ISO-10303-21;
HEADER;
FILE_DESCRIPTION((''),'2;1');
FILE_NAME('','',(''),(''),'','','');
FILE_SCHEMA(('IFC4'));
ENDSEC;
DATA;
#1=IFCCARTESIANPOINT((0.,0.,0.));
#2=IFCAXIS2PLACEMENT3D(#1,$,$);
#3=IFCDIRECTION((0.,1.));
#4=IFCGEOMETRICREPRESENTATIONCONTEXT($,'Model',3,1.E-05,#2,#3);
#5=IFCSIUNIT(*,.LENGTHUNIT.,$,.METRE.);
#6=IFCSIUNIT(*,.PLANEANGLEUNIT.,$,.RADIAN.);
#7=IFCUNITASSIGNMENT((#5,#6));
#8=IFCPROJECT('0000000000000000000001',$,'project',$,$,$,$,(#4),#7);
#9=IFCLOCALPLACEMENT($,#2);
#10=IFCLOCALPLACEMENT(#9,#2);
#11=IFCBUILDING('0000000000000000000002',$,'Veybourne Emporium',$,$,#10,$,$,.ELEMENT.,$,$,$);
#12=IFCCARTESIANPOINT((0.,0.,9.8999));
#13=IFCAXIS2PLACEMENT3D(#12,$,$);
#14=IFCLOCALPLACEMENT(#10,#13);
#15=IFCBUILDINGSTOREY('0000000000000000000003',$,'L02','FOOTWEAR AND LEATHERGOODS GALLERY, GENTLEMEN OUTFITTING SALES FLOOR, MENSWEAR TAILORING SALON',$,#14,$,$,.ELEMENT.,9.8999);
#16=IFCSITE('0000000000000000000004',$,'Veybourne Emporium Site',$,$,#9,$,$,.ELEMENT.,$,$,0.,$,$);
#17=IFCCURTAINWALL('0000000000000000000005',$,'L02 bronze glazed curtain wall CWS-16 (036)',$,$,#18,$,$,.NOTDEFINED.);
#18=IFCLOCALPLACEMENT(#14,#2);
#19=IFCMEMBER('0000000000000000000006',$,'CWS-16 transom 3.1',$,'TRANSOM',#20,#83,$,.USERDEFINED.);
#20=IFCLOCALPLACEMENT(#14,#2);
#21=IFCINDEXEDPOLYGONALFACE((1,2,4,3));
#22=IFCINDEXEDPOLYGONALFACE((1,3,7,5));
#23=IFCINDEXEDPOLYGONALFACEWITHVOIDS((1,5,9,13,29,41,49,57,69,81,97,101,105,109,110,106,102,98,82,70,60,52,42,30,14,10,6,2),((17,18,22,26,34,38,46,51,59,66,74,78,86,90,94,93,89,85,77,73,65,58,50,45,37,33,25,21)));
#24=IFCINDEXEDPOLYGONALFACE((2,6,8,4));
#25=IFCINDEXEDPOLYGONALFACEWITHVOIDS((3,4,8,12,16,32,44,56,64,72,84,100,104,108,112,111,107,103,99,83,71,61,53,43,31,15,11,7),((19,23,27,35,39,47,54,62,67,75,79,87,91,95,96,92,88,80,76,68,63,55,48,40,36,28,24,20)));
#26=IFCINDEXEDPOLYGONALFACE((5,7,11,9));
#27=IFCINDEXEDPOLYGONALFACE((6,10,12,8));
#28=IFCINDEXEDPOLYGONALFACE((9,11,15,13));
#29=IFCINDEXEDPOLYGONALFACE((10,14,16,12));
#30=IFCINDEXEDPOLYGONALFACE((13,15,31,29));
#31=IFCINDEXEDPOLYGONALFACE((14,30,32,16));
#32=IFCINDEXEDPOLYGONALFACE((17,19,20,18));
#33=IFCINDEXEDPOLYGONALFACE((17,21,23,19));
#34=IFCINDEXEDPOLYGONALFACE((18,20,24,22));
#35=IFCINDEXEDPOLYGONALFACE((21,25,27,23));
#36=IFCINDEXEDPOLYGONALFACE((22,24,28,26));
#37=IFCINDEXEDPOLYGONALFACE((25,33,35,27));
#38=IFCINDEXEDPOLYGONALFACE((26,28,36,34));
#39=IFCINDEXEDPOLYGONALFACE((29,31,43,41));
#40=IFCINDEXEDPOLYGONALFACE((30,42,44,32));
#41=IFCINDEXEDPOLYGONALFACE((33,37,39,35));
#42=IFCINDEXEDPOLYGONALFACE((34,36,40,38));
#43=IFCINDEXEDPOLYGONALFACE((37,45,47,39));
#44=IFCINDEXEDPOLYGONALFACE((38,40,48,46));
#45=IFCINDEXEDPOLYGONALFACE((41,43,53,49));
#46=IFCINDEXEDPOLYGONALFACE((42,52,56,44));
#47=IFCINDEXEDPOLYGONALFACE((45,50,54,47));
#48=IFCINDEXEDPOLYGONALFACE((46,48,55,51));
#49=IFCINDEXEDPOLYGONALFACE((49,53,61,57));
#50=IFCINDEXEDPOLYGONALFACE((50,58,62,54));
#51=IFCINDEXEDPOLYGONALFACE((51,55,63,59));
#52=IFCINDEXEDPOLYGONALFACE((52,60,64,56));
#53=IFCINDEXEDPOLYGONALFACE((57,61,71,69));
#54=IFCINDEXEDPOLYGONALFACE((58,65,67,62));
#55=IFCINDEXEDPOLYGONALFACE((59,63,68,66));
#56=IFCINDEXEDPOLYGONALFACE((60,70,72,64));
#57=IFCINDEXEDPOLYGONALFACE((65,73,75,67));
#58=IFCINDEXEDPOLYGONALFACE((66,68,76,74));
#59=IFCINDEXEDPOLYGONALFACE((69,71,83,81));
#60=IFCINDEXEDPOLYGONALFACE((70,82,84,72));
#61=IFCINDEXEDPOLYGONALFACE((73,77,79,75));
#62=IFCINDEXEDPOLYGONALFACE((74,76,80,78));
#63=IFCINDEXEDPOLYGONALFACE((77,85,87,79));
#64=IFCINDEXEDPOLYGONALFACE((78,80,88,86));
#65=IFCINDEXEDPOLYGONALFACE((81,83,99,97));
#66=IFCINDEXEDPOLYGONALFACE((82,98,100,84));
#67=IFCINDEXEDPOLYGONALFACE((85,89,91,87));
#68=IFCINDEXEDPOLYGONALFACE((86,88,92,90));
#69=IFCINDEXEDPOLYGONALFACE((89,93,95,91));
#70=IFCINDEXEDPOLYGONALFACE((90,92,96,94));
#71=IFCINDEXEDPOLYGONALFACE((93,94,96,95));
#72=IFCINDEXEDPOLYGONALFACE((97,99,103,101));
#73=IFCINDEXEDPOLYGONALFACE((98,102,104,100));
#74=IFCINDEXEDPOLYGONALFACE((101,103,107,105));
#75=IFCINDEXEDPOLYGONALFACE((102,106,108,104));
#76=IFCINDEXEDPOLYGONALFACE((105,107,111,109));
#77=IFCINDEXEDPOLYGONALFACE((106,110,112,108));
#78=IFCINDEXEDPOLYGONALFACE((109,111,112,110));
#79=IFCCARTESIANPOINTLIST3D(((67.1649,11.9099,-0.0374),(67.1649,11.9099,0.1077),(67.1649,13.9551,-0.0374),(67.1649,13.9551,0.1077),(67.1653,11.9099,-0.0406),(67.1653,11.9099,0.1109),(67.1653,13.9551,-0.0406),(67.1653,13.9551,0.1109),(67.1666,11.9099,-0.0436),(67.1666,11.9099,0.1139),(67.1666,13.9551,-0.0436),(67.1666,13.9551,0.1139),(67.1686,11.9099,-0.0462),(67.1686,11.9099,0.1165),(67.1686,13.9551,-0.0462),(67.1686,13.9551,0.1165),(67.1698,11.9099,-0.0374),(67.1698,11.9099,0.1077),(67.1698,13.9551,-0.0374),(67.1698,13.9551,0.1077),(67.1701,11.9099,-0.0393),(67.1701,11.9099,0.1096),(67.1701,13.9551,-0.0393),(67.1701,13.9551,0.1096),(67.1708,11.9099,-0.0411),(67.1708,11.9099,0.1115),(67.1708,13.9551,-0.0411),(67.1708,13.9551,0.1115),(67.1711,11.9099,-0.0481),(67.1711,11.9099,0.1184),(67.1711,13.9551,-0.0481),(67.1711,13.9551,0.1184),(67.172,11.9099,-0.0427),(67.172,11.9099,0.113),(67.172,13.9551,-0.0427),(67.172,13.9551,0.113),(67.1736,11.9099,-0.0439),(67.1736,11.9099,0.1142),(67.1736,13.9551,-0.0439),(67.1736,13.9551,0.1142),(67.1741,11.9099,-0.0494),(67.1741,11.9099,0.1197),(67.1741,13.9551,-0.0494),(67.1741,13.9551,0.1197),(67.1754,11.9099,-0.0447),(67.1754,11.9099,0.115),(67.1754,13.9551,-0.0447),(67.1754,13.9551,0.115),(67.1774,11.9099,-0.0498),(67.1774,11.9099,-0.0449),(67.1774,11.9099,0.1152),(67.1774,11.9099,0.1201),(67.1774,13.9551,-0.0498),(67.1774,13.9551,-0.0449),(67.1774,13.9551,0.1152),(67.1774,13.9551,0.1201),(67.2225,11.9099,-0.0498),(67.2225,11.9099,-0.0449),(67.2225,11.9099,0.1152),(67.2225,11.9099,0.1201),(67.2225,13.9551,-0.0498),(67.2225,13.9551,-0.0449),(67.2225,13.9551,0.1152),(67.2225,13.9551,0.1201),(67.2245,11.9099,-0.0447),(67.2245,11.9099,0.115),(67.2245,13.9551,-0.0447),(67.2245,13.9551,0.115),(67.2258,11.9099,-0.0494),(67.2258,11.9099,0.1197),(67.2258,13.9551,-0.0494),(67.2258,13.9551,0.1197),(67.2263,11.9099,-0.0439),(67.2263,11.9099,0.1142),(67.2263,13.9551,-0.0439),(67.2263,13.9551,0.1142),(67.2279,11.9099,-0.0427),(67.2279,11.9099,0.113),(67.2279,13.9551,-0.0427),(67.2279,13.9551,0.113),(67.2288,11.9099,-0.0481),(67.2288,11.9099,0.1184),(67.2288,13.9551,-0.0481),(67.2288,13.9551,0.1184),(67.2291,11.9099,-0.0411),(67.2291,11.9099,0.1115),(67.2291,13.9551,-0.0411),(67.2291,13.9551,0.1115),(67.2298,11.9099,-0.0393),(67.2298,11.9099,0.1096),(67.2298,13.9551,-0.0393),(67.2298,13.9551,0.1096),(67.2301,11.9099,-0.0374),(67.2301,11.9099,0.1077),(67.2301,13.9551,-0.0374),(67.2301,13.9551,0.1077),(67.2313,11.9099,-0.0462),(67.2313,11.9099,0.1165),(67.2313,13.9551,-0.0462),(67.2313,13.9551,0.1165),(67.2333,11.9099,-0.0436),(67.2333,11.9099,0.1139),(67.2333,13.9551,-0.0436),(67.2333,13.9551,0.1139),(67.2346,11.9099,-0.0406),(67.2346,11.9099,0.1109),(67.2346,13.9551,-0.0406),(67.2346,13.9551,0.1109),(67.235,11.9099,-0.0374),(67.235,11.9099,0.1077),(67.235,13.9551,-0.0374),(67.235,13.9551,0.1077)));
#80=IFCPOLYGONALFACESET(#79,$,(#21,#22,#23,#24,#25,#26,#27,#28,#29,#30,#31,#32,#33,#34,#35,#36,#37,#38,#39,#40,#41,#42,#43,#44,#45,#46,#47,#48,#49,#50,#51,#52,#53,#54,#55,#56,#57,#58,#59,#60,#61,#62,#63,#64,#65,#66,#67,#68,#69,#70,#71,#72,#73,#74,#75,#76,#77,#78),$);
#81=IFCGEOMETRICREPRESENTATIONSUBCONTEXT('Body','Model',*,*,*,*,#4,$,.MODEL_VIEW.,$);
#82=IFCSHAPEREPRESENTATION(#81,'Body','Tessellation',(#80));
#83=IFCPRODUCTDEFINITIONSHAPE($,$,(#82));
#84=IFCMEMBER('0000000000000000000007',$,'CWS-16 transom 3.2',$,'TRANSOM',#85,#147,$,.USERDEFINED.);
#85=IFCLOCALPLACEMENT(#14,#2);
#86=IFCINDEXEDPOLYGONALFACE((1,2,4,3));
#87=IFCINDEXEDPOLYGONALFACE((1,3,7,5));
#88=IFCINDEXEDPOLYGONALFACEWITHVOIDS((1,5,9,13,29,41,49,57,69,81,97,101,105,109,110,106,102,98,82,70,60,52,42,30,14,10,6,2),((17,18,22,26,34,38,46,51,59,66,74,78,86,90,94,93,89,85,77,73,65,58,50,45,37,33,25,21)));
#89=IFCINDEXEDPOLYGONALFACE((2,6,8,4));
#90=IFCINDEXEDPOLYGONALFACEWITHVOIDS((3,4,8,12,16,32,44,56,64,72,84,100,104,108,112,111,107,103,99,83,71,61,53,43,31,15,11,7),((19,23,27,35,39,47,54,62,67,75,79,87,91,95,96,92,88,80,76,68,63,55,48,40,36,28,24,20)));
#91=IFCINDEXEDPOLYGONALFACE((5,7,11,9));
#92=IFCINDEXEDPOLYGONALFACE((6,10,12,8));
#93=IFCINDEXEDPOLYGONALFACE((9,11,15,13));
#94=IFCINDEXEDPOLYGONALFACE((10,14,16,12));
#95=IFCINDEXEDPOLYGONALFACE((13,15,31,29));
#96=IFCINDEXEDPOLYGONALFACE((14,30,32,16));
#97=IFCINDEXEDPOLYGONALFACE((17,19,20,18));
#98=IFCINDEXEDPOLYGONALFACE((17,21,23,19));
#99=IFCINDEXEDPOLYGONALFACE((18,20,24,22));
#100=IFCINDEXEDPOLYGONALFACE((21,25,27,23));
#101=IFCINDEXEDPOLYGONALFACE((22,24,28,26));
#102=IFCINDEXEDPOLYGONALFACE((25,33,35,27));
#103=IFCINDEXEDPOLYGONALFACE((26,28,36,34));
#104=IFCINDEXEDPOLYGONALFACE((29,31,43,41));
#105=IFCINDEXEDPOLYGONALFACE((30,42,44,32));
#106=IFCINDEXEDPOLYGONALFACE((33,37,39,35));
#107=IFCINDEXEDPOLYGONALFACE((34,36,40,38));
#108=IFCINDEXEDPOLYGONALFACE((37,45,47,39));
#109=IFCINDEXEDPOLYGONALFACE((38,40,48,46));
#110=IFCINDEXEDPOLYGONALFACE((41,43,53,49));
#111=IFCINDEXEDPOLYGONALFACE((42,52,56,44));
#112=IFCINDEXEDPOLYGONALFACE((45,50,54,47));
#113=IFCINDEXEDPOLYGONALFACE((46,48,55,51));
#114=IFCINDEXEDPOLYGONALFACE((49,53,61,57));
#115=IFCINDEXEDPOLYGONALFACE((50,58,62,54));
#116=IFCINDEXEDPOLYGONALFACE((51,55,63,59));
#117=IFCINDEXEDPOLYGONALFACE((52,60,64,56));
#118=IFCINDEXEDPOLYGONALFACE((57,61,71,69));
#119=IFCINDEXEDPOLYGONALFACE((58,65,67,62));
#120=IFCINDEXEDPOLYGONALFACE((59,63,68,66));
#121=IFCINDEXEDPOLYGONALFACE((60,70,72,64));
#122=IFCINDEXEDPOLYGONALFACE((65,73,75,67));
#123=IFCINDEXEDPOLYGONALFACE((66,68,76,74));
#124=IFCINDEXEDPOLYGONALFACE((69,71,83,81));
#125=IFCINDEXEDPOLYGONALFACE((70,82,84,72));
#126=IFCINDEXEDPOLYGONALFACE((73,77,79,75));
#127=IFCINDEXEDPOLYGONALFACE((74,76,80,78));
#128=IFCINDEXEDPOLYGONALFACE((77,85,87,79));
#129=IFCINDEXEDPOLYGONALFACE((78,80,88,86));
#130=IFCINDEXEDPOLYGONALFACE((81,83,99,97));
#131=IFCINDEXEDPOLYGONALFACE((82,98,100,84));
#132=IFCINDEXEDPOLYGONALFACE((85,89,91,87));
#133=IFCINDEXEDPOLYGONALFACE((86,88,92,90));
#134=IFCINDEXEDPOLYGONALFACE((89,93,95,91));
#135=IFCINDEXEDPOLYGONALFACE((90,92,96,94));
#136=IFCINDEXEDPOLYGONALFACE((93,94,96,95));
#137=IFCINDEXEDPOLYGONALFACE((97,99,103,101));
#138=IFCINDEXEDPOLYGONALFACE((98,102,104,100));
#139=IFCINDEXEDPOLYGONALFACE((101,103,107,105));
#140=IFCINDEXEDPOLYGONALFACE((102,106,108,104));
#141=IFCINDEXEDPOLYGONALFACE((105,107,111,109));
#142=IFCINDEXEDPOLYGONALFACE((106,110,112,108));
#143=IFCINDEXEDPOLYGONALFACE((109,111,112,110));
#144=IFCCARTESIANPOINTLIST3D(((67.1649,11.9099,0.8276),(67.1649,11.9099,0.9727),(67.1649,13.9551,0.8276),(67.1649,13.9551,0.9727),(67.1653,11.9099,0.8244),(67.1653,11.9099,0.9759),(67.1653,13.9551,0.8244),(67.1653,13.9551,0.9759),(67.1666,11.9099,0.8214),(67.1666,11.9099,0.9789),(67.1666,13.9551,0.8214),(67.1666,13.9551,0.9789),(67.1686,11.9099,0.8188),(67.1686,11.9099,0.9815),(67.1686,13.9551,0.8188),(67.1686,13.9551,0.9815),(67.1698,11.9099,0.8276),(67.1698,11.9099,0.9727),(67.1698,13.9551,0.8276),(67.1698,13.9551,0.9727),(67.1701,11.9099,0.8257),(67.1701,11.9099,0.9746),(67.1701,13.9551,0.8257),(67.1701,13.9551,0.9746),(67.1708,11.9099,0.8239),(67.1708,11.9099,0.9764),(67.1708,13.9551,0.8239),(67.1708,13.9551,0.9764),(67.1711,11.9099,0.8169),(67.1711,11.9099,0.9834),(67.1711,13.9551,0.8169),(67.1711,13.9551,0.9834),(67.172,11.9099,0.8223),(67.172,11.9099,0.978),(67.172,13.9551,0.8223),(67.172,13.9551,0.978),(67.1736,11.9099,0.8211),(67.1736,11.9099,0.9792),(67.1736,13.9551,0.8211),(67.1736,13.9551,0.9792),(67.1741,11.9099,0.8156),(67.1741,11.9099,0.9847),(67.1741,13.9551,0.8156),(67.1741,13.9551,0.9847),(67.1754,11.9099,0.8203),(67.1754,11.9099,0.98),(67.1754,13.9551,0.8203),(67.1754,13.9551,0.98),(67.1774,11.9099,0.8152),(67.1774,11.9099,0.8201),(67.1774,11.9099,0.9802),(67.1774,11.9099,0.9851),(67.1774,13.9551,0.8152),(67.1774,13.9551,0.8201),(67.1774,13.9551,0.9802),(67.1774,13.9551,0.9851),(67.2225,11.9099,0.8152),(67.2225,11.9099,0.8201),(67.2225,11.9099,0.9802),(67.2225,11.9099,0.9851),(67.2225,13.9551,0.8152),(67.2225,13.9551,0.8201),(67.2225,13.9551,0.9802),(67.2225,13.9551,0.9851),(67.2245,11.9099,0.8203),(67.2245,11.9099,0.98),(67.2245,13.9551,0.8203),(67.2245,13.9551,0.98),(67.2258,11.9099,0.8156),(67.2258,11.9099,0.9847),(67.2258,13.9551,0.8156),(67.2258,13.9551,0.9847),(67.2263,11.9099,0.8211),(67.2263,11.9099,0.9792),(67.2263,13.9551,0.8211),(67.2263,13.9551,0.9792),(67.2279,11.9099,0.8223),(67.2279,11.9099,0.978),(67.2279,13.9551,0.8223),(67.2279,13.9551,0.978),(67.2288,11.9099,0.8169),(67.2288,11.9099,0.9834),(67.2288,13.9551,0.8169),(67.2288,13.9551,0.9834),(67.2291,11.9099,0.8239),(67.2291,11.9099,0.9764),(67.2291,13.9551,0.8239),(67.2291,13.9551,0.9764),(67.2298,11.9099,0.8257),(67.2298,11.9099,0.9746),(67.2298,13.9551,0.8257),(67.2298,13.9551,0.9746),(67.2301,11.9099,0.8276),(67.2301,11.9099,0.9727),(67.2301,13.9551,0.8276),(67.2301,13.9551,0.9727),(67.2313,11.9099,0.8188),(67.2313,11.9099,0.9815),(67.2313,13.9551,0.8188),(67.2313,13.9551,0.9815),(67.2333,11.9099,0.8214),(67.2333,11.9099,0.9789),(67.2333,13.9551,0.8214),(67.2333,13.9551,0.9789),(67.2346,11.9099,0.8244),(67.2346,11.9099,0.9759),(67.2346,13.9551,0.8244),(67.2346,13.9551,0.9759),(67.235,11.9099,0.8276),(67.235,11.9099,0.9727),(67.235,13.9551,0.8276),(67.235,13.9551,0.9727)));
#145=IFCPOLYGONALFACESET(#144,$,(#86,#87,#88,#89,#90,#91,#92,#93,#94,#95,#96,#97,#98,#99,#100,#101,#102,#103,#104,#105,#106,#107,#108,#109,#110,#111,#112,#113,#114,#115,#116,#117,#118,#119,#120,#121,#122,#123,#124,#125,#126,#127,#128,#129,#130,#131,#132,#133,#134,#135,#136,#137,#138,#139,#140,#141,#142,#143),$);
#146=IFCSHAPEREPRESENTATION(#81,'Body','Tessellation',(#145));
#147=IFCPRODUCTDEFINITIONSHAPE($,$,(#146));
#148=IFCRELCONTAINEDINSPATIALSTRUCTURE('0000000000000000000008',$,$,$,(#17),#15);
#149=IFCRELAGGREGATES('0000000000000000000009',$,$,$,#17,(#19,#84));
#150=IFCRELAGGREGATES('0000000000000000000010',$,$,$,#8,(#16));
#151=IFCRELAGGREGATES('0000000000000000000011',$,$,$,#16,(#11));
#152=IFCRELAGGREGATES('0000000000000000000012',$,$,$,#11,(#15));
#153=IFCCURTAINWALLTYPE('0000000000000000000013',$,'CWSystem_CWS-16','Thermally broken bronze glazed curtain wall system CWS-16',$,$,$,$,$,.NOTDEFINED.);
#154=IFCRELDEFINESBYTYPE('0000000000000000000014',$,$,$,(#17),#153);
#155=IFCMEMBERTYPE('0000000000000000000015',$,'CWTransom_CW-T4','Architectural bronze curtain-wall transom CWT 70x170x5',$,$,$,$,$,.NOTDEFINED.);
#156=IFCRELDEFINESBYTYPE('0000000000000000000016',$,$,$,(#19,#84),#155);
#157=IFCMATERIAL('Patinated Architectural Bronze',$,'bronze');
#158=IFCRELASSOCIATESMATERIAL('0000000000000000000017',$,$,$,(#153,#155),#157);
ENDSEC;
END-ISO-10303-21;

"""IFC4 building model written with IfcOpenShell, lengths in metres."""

from ifc_helpers import new_model, si_unit, direction, frame, origin, origin_2d, place, context, subcontext, project, spatial, hollow_rectangle, extrude, material, material_profile, profile_set, type_object, element, aggregate, save


model = new_model("IFC4")

# Units and contexts
model_context = context("Model", 3, precision=1e-05, world=origin(), true_north=direction((0.0, 1.0)))
body_context = subcontext(model_context, "Body", "Model", "MODEL_VIEW")
ifc_project = project(units=[si_unit("LENGTHUNIT", "METRE"), si_unit("PLANEANGLEUNIT", "RADIAN")], contexts=[model_context])

# Site, building, storey
site_placement = place(None, origin())
site = spatial("IfcSite", under=ifc_project, at=site_placement, Name="Veybourne Emporium Site", CompositionType="ELEMENT", RefElevation=0.0)
building_placement = place(site_placement, origin())
building = spatial("IfcBuilding", under=site, at=building_placement, Name="Veybourne Emporium", CompositionType="ELEMENT")
storey_placement = place(building_placement, frame((0.0, 0.0, 9.8999)))
storey = spatial("IfcBuildingStorey", under=building, at=storey_placement, Name="L02", Description="FOOTWEAR AND LEATHERGOODS GALLERY, GENTLEMEN OUTFITTING SALES FLOOR, MENSWEAR TAILORING SALON", CompositionType="ELEMENT", Elevation=9.8999)

# Curtain wall, members
ifc_material_1 = material(Name="Patinated Architectural Bronze", Category="bronze")
curtain_wall_type = type_object("IfcCurtainWallType", Name="CWSystem_CWS-16", Description="Thermally broken bronze glazed curtain wall system CWS-16", PredefinedType="NOTDEFINED", material=ifc_material_1)
curtain_wall_placement = place(storey_placement, origin())
curtain_wall = element("IfcCurtainWall", 1, at=curtain_wall_placement, inside=storey, type_object=curtain_wall_type, Name="L02 bronze glazed curtain wall CWS-16 (036)", PredefinedType="NOTDEFINED")
ifc_material_profile = material_profile(ifc_material_1, hollow_rectangle(XDim=0.0701, YDim=0.1699, WallThickness=0.0049, InnerFilletRadius=0.0076, OuterFilletRadius=0.0125, at=origin_2d()), Name="CWT 70x170x5")
ifc_profile_set = profile_set([ifc_material_profile], Name="Patinated Architectural Bronze")
member_type = type_object("IfcMemberType", Name="CWTransom_CW-T4", Description="Architectural bronze curtain-wall transom CWT 70x170x5", PredefinedType="NOTDEFINED", material=ifc_profile_set)
member_1_placement = place(storey_placement, frame((67.2, 11.9099, 0.0352), z_axis=(0.0, 1.0, 0.0), x_axis=(-1.0, 0.0, 0.0)))
member_1 = element("IfcMember", 2, at=member_1_placement, type_object=member_type, Name="CWS-16 transom 3.1", ObjectType="TRANSOM", PredefinedType="USERDEFINED", context=body_context, shape_type="SweptSolid", body=[
    extrude(hollow_rectangle(XDim=0.0701, YDim=0.1699, WallThickness=0.0049, InnerFilletRadius=0.0076, OuterFilletRadius=0.0125, at=origin_2d()), origin(), (0.0, 0.0, 1.0), 2.0452),
])
member_2_placement = place(storey_placement, frame((67.2, 11.9099, 0.9001), z_axis=(0.0, 1.0, 0.0), x_axis=(-1.0, 0.0, 0.0)))
member_2 = element("IfcMember", 3, at=member_2_placement, type_object=member_type, Name="CWS-16 transom 3.2", ObjectType="TRANSOM", PredefinedType="USERDEFINED", context=body_context, shape_type="SweptSolid", body=[
    extrude(hollow_rectangle(XDim=0.0701, YDim=0.1699, WallThickness=0.0049, InnerFilletRadius=0.0076, OuterFilletRadius=0.0125, at=origin_2d()), origin(), (0.0, 0.0, 1.0), 2.0452),
])
aggregate(curtain_wall, [member_1, member_2])

save(model, "model.ifc")
